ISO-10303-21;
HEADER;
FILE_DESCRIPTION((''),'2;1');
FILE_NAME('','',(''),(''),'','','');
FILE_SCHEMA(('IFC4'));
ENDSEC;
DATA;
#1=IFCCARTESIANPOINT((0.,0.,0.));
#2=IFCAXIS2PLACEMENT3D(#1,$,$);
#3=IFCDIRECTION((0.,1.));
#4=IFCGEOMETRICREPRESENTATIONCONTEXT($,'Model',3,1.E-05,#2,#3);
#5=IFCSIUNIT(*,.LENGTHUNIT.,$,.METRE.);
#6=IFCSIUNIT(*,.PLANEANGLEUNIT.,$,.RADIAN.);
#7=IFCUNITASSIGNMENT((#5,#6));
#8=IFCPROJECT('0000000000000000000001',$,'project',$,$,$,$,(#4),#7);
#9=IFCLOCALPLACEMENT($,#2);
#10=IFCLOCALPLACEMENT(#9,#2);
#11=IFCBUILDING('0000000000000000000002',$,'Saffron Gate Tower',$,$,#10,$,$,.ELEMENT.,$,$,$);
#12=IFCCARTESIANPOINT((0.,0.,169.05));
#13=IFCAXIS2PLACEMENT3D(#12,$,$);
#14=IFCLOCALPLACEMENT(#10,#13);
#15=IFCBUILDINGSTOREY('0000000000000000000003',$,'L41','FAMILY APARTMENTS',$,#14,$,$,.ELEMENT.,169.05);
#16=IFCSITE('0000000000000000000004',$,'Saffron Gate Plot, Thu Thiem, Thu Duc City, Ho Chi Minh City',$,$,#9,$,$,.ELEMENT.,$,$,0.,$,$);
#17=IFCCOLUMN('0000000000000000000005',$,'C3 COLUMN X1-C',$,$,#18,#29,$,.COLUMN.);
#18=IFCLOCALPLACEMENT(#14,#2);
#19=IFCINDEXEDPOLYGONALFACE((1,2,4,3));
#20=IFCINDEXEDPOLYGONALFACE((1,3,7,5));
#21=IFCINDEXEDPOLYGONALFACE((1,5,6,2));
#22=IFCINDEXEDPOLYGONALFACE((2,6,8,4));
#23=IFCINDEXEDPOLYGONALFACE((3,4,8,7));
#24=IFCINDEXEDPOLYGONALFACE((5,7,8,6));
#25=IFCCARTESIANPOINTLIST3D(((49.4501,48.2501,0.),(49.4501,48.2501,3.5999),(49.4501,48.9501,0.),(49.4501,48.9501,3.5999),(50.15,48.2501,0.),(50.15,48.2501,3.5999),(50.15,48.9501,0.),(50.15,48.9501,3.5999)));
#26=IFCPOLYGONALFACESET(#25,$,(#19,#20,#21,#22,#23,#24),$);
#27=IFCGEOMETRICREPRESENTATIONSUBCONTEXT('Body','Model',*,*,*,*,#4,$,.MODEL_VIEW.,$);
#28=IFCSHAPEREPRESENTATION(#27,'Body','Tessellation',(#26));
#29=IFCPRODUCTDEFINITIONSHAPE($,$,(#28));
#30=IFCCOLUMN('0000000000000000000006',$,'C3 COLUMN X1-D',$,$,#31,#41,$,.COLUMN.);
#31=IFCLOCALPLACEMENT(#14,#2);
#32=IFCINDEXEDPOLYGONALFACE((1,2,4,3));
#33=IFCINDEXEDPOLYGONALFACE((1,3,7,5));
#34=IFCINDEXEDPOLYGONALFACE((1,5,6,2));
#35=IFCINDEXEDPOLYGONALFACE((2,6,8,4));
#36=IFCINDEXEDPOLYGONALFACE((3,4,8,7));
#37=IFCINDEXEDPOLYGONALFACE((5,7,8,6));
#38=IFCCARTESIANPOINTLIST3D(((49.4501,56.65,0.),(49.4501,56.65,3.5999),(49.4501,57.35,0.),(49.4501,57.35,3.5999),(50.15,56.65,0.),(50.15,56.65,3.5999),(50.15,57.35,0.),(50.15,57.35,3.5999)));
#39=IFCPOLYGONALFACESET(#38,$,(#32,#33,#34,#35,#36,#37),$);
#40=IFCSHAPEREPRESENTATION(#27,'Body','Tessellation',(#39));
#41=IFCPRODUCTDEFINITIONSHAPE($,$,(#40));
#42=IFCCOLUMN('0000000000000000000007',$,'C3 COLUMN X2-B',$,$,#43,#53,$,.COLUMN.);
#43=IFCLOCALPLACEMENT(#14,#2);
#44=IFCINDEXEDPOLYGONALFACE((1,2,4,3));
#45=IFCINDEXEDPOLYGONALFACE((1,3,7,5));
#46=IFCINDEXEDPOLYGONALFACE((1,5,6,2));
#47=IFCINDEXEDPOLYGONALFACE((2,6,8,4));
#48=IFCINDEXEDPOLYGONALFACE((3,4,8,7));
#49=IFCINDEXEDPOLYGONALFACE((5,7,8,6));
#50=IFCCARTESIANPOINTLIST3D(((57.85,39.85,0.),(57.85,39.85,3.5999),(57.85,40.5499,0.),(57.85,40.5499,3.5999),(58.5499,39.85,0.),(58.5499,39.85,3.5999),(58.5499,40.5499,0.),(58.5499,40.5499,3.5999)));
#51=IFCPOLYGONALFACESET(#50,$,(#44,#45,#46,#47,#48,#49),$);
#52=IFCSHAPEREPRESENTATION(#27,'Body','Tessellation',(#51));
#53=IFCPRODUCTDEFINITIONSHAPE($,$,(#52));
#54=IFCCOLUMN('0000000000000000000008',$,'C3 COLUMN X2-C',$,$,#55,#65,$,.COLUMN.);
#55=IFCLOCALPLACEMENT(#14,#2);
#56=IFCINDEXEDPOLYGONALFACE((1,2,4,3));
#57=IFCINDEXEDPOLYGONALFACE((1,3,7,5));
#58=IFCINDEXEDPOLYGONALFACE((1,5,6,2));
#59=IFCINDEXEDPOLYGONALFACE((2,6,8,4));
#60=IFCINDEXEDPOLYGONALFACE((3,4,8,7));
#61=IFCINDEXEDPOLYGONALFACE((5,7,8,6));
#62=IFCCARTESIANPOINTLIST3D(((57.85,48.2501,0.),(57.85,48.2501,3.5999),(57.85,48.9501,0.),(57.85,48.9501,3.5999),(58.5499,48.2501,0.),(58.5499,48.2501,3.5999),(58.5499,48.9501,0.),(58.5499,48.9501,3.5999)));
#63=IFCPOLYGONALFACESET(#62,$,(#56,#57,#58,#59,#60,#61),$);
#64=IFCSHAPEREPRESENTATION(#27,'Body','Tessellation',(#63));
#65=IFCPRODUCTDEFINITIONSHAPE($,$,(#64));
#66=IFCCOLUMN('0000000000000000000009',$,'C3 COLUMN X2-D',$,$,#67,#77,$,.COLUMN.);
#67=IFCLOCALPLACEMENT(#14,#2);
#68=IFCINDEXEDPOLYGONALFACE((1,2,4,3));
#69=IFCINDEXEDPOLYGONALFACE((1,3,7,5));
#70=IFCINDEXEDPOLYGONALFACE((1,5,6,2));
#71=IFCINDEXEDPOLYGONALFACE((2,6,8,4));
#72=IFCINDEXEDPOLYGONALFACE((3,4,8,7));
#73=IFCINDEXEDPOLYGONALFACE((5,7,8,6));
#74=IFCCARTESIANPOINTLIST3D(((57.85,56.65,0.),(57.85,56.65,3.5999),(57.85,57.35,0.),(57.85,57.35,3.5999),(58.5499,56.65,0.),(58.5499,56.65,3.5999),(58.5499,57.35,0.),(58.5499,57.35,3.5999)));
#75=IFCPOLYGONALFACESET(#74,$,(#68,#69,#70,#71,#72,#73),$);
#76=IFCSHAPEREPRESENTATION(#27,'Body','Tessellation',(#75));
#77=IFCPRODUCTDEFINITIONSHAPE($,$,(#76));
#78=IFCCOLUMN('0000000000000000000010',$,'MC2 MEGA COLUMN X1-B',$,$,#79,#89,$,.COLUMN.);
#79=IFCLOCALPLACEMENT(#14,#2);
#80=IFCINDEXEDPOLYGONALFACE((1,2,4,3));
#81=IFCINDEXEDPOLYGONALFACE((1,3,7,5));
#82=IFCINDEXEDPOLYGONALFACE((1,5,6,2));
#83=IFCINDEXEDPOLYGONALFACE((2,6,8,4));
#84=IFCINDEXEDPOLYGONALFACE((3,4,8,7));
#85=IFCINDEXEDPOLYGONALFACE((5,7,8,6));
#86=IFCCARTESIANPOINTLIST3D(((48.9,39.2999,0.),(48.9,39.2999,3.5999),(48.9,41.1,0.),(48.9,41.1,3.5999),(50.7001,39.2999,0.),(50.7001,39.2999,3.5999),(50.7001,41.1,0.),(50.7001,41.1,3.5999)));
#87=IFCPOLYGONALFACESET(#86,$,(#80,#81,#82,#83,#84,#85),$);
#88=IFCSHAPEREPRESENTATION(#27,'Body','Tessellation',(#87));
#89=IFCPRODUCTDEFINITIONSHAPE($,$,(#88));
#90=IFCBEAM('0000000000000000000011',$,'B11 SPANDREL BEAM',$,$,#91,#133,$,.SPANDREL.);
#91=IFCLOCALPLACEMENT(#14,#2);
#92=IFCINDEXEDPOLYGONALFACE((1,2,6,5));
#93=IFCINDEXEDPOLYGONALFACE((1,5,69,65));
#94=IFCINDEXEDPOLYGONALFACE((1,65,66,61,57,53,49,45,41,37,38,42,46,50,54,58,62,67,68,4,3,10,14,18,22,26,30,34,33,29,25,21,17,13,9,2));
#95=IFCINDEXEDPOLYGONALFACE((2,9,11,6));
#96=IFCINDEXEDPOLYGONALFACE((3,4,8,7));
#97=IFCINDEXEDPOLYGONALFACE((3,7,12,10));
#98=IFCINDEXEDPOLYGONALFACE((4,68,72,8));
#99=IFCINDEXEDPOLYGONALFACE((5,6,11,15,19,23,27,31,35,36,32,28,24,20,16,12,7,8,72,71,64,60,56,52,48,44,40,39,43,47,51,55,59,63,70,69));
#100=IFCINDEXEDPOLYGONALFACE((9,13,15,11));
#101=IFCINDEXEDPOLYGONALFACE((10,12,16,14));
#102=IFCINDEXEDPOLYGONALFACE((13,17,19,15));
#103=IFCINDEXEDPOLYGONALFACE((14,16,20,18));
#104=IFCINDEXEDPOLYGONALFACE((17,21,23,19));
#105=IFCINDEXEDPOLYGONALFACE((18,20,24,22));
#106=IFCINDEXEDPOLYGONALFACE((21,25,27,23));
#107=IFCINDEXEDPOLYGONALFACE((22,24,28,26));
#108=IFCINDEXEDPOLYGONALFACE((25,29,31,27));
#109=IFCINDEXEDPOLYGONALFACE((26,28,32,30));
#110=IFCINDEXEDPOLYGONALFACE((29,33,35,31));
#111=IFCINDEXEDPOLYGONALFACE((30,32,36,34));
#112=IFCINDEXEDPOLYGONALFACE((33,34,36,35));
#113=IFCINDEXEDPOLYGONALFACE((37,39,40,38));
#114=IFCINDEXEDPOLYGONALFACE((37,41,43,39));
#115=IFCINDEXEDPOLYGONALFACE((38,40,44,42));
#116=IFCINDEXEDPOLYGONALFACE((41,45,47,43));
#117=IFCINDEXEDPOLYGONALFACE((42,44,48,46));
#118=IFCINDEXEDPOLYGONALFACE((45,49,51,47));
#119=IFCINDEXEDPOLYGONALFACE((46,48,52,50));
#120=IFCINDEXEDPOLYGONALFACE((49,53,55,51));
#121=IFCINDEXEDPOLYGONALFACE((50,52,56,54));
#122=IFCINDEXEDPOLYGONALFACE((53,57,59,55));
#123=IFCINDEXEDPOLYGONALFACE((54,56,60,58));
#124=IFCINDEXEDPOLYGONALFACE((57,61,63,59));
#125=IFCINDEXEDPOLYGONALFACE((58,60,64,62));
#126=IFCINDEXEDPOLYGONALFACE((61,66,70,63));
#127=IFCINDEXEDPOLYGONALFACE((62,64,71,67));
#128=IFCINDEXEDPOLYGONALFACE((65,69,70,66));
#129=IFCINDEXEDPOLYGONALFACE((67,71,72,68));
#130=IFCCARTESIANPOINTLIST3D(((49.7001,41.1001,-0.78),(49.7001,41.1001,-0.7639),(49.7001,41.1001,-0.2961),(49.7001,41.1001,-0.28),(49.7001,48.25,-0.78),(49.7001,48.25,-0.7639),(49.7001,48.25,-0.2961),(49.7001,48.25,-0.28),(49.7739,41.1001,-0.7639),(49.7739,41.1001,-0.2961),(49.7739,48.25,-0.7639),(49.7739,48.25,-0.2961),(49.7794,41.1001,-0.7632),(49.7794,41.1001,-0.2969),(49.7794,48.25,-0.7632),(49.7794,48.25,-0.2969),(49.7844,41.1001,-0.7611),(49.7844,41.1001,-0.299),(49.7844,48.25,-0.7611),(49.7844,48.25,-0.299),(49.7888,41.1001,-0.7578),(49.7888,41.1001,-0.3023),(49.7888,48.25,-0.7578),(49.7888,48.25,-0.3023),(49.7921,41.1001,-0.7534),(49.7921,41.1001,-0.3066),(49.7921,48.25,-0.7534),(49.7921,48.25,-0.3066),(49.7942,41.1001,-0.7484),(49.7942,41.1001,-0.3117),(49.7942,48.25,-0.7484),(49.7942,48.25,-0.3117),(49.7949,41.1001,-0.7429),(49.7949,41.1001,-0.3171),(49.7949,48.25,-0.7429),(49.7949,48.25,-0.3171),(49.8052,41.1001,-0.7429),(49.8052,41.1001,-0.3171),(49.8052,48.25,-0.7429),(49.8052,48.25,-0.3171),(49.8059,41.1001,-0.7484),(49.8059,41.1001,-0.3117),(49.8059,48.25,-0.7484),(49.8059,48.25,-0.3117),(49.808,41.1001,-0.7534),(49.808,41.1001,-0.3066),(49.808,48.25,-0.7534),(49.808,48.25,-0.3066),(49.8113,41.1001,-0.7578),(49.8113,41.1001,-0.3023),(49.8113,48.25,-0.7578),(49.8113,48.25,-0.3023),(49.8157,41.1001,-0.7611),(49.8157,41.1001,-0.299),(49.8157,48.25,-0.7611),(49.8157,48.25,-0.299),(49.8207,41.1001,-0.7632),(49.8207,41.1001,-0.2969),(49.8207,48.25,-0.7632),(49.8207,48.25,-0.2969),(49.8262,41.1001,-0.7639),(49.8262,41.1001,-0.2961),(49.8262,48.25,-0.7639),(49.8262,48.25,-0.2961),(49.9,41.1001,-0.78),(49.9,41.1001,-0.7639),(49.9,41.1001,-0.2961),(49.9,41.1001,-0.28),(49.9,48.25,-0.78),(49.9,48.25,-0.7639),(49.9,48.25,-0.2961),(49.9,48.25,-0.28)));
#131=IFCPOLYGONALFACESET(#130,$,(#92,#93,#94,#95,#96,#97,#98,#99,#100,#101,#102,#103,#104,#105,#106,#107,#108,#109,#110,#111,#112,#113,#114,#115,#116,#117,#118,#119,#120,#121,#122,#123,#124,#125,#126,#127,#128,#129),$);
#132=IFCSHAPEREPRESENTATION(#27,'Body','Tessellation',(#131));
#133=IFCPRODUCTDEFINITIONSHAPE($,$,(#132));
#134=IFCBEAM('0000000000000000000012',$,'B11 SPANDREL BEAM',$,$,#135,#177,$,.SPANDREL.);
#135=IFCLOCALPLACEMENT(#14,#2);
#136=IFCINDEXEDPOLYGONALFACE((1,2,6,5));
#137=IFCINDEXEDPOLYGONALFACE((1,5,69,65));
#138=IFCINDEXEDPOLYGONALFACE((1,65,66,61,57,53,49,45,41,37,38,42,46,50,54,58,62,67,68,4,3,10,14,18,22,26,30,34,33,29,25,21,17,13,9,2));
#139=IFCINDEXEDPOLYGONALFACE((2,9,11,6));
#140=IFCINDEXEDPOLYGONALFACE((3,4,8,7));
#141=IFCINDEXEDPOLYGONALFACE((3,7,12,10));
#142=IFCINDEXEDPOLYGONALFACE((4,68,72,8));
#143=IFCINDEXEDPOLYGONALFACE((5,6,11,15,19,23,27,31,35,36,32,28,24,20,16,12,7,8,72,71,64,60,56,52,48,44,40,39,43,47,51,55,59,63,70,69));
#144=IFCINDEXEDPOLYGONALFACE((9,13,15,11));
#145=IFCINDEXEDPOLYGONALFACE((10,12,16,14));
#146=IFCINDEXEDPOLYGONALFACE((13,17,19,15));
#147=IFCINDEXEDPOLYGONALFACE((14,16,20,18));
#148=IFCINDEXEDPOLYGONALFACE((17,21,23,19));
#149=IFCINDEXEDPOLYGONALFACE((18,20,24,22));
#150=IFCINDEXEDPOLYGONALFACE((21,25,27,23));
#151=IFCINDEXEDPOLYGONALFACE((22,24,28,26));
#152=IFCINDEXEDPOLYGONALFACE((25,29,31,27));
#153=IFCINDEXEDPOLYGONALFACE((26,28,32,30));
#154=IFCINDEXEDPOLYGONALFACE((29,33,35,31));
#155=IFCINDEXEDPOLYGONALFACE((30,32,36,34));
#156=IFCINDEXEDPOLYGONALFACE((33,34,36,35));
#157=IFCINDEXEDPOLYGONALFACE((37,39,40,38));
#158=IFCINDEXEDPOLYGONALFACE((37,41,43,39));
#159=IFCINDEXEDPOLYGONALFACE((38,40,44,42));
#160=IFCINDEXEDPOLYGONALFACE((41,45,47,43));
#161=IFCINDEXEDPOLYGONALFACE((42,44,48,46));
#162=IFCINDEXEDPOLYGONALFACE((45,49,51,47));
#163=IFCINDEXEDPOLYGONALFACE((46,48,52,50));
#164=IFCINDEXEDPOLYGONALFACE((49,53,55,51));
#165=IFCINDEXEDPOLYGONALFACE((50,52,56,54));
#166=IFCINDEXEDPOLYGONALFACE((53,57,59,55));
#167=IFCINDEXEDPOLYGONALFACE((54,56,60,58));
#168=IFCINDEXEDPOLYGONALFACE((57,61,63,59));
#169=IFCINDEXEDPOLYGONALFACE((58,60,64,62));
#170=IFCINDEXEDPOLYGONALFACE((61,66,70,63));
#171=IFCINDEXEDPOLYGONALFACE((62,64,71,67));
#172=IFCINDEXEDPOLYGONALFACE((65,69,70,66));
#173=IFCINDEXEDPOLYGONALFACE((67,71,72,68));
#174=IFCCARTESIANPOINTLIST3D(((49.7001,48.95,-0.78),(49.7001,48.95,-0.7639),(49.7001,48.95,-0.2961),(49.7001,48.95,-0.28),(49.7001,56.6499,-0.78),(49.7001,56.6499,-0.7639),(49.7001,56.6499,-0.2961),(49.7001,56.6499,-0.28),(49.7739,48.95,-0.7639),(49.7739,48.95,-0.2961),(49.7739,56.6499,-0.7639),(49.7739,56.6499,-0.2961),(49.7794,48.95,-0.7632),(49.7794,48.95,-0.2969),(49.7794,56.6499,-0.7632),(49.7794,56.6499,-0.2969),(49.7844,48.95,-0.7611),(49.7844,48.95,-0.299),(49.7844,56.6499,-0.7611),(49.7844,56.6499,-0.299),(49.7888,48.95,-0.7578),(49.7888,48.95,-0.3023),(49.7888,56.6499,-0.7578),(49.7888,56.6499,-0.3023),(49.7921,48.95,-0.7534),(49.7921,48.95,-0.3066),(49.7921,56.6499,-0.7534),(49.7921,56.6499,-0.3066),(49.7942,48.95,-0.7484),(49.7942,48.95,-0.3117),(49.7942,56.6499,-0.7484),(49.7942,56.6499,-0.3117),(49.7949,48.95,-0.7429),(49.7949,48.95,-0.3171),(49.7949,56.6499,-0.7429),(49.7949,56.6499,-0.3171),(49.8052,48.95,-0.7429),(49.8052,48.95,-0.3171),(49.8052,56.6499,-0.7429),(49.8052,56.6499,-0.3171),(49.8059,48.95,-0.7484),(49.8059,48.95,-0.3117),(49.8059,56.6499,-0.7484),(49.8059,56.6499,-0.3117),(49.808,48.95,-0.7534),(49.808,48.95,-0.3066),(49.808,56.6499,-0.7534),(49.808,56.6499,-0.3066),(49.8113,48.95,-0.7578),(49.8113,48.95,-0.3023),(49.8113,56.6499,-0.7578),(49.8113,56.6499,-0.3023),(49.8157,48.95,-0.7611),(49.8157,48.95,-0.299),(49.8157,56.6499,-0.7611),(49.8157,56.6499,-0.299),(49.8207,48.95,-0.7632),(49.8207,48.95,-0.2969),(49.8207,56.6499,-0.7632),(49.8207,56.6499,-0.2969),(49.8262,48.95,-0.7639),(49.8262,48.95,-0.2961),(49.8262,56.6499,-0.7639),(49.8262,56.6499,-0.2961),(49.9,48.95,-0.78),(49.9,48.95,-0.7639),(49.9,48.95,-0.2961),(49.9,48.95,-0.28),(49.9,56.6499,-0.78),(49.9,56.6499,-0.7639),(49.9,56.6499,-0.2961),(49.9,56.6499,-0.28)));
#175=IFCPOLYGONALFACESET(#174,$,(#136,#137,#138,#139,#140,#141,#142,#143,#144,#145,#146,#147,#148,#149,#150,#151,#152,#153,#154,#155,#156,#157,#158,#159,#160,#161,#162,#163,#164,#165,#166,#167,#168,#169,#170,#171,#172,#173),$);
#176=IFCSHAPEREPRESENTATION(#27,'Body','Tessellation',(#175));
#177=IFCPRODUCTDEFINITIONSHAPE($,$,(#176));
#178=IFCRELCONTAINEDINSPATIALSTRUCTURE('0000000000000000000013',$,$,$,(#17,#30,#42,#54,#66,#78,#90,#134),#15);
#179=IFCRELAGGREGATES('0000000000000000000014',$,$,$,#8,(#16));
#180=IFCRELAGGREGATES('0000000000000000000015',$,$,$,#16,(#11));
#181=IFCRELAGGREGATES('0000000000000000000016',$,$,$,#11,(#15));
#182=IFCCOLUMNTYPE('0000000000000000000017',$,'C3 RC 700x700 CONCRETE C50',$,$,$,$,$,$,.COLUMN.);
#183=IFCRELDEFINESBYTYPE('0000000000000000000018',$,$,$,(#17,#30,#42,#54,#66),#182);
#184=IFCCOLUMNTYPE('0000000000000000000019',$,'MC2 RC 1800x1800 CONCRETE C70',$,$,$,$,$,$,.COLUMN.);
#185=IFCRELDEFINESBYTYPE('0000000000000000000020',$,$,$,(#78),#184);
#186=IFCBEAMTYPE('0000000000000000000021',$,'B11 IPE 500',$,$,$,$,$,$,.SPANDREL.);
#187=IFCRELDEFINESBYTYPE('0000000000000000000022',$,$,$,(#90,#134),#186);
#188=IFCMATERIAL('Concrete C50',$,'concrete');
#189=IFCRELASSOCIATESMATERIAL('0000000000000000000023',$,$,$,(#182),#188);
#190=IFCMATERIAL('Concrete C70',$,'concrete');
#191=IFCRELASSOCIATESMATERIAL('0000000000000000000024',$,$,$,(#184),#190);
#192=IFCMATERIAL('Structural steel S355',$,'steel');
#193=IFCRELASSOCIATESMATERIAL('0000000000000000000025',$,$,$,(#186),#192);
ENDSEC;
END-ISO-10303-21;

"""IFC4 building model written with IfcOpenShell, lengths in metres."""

from ifc_helpers import new_model, si_unit, direction, frame, origin, origin_2d, place, context, subcontext, project, spatial, rectangle, i_section, extrude, material, material_profile, profile_set, type_object, element, save


model = new_model("IFC4")

# Units and contexts
model_context = context("Model", 3, precision=1e-05, world=origin(), true_north=direction((0.0, 1.0)))
body_context = subcontext(model_context, "Body", "Model", "MODEL_VIEW")
ifc_project = project(units=[si_unit("LENGTHUNIT", "METRE"), si_unit("PLANEANGLEUNIT", "RADIAN")], contexts=[model_context])

# Site, building, storey
site_placement = place(None, origin())
site = spatial("IfcSite", under=ifc_project, at=site_placement, Name="Saffron Gate Plot, Thu Thiem, Thu Duc City, Ho Chi Minh City", CompositionType="ELEMENT", RefElevation=0.0)
building_placement = place(site_placement, origin())
building = spatial("IfcBuilding", under=site, at=building_placement, Name="Saffron Gate Tower", CompositionType="ELEMENT")
storey_placement = place(building_placement, frame((0.0, 0.0, 169.05)))
storey = spatial("IfcBuildingStorey", under=building, at=storey_placement, Name="L41", Description="FAMILY APARTMENTS", CompositionType="ELEMENT", Elevation=169.05)

# Columns
ifc_material_1 = material(Name="Concrete C50", Category="concrete")
ifc_material_profile_1 = material_profile(ifc_material_1, rectangle(XDim=0.7, YDim=0.7, at=origin_2d()))
ifc_profile_set_1 = profile_set([ifc_material_profile_1], Name="Concrete C50")
column_type_1 = type_object("IfcColumnType", Name="C3 RC 700x700 CONCRETE C50", PredefinedType="COLUMN", material=ifc_profile_set_1)
for number, where, z_axis, x_axis, name in (
    (1, (49.8, 48.6001, 0.0), (0.0, 0.0, 1.0), (1.0, 0.0, 0.0), "C3 COLUMN X1-C"),
    (2, (49.8, 57.0, 0.0), (0.0, 0.0, 1.0), (1.0, 0.0, 0.0), "C3 COLUMN X1-D"),
    (3, (58.2, 40.2, 0.0), (0.0, 0.0, 1.0), (1.0, 0.0, 0.0), "C3 COLUMN X2-B"),
    (4, (58.2, 48.6001, 0.0), (0.0, 0.0, 1.0), (1.0, 0.0, 0.0), "C3 COLUMN X2-C"),
    (5, (58.2, 57.0, 0.0), (0.0, 0.0, 1.0), (1.0, 0.0, 0.0), "C3 COLUMN X2-D"),
):
    element("IfcColumn", number, at=place(storey_placement, frame(where, z_axis=z_axis, x_axis=x_axis)), inside=storey, type_object=column_type_1, Name=name, PredefinedType="COLUMN", context=body_context, shape_type="SweptSolid", body=[
        extrude(rectangle(XDim=0.7, YDim=0.7, at=origin_2d()), origin(), (0.0, 0.0, 1.0), 3.5999),
    ])
ifc_material_2 = material(Name="Concrete C70", Category="concrete")
ifc_material_profile_2 = material_profile(ifc_material_2, rectangle(XDim=1.8, YDim=1.8, at=origin_2d()))
ifc_profile_set_2 = profile_set([ifc_material_profile_2], Name="Concrete C70")
column_type_2 = type_object("IfcColumnType", Name="MC2 RC 1800x1800 CONCRETE C70", PredefinedType="COLUMN", material=ifc_profile_set_2)
column_placement = place(storey_placement, frame((49.8, 40.2, 0.0), z_axis=(0.0, 0.0, 1.0), x_axis=(1.0, 0.0, 0.0)))
element("IfcColumn", 6, at=column_placement, inside=storey, type_object=column_type_2, Name="MC2 MEGA COLUMN X1-B", PredefinedType="COLUMN", context=body_context, shape_type="SweptSolid", body=[
    extrude(rectangle(XDim=1.8, YDim=1.8, at=origin_2d()), origin(), (0.0, 0.0, 1.0), 3.5999),
])

# Beams
ifc_material_3 = material(Name="Structural steel S355", Category="steel")
ifc_material_profile_3 = material_profile(ifc_material_3, i_section(OverallWidth=0.2, OverallDepth=0.5, WebThickness=0.0103, FlangeThickness=0.0161, FilletRadius=0.021, at=origin_2d()))
ifc_profile_set_3 = profile_set([ifc_material_profile_3], Name="Structural steel S355")
beam_type = type_object("IfcBeamType", Name="B11 IPE 500", PredefinedType="SPANDREL", material=ifc_profile_set_3)
beam_1_placement = place(storey_placement, frame((49.8, 41.1001, -0.53), z_axis=(0.0, 1.0, 0.0), x_axis=(-1.0, 0.0, 0.0)))
element("IfcBeam", 7, at=beam_1_placement, inside=storey, type_object=beam_type, Name="B11 SPANDREL BEAM", PredefinedType="SPANDREL", context=body_context, shape_type="SweptSolid", body=[
    extrude(i_section(OverallWidth=0.2, OverallDepth=0.5, WebThickness=0.0103, FlangeThickness=0.0161, FilletRadius=0.021, at=origin_2d()), origin(), (0.0, 0.0, 1.0), 7.1499),
])
beam_2_placement = place(storey_placement, frame((49.8, 48.95, -0.53), z_axis=(0.0, 1.0, 0.0), x_axis=(-1.0, 0.0, 0.0)))
element("IfcBeam", 8, at=beam_2_placement, inside=storey, type_object=beam_type, Name="B11 SPANDREL BEAM", PredefinedType="SPANDREL", context=body_context, shape_type="SweptSolid", body=[
    extrude(i_section(OverallWidth=0.2, OverallDepth=0.5, WebThickness=0.0103, FlangeThickness=0.0161, FilletRadius=0.021, at=origin_2d()), origin(), (0.0, 0.0, 1.0), 7.7),
])

save(model, "model.ifc")
